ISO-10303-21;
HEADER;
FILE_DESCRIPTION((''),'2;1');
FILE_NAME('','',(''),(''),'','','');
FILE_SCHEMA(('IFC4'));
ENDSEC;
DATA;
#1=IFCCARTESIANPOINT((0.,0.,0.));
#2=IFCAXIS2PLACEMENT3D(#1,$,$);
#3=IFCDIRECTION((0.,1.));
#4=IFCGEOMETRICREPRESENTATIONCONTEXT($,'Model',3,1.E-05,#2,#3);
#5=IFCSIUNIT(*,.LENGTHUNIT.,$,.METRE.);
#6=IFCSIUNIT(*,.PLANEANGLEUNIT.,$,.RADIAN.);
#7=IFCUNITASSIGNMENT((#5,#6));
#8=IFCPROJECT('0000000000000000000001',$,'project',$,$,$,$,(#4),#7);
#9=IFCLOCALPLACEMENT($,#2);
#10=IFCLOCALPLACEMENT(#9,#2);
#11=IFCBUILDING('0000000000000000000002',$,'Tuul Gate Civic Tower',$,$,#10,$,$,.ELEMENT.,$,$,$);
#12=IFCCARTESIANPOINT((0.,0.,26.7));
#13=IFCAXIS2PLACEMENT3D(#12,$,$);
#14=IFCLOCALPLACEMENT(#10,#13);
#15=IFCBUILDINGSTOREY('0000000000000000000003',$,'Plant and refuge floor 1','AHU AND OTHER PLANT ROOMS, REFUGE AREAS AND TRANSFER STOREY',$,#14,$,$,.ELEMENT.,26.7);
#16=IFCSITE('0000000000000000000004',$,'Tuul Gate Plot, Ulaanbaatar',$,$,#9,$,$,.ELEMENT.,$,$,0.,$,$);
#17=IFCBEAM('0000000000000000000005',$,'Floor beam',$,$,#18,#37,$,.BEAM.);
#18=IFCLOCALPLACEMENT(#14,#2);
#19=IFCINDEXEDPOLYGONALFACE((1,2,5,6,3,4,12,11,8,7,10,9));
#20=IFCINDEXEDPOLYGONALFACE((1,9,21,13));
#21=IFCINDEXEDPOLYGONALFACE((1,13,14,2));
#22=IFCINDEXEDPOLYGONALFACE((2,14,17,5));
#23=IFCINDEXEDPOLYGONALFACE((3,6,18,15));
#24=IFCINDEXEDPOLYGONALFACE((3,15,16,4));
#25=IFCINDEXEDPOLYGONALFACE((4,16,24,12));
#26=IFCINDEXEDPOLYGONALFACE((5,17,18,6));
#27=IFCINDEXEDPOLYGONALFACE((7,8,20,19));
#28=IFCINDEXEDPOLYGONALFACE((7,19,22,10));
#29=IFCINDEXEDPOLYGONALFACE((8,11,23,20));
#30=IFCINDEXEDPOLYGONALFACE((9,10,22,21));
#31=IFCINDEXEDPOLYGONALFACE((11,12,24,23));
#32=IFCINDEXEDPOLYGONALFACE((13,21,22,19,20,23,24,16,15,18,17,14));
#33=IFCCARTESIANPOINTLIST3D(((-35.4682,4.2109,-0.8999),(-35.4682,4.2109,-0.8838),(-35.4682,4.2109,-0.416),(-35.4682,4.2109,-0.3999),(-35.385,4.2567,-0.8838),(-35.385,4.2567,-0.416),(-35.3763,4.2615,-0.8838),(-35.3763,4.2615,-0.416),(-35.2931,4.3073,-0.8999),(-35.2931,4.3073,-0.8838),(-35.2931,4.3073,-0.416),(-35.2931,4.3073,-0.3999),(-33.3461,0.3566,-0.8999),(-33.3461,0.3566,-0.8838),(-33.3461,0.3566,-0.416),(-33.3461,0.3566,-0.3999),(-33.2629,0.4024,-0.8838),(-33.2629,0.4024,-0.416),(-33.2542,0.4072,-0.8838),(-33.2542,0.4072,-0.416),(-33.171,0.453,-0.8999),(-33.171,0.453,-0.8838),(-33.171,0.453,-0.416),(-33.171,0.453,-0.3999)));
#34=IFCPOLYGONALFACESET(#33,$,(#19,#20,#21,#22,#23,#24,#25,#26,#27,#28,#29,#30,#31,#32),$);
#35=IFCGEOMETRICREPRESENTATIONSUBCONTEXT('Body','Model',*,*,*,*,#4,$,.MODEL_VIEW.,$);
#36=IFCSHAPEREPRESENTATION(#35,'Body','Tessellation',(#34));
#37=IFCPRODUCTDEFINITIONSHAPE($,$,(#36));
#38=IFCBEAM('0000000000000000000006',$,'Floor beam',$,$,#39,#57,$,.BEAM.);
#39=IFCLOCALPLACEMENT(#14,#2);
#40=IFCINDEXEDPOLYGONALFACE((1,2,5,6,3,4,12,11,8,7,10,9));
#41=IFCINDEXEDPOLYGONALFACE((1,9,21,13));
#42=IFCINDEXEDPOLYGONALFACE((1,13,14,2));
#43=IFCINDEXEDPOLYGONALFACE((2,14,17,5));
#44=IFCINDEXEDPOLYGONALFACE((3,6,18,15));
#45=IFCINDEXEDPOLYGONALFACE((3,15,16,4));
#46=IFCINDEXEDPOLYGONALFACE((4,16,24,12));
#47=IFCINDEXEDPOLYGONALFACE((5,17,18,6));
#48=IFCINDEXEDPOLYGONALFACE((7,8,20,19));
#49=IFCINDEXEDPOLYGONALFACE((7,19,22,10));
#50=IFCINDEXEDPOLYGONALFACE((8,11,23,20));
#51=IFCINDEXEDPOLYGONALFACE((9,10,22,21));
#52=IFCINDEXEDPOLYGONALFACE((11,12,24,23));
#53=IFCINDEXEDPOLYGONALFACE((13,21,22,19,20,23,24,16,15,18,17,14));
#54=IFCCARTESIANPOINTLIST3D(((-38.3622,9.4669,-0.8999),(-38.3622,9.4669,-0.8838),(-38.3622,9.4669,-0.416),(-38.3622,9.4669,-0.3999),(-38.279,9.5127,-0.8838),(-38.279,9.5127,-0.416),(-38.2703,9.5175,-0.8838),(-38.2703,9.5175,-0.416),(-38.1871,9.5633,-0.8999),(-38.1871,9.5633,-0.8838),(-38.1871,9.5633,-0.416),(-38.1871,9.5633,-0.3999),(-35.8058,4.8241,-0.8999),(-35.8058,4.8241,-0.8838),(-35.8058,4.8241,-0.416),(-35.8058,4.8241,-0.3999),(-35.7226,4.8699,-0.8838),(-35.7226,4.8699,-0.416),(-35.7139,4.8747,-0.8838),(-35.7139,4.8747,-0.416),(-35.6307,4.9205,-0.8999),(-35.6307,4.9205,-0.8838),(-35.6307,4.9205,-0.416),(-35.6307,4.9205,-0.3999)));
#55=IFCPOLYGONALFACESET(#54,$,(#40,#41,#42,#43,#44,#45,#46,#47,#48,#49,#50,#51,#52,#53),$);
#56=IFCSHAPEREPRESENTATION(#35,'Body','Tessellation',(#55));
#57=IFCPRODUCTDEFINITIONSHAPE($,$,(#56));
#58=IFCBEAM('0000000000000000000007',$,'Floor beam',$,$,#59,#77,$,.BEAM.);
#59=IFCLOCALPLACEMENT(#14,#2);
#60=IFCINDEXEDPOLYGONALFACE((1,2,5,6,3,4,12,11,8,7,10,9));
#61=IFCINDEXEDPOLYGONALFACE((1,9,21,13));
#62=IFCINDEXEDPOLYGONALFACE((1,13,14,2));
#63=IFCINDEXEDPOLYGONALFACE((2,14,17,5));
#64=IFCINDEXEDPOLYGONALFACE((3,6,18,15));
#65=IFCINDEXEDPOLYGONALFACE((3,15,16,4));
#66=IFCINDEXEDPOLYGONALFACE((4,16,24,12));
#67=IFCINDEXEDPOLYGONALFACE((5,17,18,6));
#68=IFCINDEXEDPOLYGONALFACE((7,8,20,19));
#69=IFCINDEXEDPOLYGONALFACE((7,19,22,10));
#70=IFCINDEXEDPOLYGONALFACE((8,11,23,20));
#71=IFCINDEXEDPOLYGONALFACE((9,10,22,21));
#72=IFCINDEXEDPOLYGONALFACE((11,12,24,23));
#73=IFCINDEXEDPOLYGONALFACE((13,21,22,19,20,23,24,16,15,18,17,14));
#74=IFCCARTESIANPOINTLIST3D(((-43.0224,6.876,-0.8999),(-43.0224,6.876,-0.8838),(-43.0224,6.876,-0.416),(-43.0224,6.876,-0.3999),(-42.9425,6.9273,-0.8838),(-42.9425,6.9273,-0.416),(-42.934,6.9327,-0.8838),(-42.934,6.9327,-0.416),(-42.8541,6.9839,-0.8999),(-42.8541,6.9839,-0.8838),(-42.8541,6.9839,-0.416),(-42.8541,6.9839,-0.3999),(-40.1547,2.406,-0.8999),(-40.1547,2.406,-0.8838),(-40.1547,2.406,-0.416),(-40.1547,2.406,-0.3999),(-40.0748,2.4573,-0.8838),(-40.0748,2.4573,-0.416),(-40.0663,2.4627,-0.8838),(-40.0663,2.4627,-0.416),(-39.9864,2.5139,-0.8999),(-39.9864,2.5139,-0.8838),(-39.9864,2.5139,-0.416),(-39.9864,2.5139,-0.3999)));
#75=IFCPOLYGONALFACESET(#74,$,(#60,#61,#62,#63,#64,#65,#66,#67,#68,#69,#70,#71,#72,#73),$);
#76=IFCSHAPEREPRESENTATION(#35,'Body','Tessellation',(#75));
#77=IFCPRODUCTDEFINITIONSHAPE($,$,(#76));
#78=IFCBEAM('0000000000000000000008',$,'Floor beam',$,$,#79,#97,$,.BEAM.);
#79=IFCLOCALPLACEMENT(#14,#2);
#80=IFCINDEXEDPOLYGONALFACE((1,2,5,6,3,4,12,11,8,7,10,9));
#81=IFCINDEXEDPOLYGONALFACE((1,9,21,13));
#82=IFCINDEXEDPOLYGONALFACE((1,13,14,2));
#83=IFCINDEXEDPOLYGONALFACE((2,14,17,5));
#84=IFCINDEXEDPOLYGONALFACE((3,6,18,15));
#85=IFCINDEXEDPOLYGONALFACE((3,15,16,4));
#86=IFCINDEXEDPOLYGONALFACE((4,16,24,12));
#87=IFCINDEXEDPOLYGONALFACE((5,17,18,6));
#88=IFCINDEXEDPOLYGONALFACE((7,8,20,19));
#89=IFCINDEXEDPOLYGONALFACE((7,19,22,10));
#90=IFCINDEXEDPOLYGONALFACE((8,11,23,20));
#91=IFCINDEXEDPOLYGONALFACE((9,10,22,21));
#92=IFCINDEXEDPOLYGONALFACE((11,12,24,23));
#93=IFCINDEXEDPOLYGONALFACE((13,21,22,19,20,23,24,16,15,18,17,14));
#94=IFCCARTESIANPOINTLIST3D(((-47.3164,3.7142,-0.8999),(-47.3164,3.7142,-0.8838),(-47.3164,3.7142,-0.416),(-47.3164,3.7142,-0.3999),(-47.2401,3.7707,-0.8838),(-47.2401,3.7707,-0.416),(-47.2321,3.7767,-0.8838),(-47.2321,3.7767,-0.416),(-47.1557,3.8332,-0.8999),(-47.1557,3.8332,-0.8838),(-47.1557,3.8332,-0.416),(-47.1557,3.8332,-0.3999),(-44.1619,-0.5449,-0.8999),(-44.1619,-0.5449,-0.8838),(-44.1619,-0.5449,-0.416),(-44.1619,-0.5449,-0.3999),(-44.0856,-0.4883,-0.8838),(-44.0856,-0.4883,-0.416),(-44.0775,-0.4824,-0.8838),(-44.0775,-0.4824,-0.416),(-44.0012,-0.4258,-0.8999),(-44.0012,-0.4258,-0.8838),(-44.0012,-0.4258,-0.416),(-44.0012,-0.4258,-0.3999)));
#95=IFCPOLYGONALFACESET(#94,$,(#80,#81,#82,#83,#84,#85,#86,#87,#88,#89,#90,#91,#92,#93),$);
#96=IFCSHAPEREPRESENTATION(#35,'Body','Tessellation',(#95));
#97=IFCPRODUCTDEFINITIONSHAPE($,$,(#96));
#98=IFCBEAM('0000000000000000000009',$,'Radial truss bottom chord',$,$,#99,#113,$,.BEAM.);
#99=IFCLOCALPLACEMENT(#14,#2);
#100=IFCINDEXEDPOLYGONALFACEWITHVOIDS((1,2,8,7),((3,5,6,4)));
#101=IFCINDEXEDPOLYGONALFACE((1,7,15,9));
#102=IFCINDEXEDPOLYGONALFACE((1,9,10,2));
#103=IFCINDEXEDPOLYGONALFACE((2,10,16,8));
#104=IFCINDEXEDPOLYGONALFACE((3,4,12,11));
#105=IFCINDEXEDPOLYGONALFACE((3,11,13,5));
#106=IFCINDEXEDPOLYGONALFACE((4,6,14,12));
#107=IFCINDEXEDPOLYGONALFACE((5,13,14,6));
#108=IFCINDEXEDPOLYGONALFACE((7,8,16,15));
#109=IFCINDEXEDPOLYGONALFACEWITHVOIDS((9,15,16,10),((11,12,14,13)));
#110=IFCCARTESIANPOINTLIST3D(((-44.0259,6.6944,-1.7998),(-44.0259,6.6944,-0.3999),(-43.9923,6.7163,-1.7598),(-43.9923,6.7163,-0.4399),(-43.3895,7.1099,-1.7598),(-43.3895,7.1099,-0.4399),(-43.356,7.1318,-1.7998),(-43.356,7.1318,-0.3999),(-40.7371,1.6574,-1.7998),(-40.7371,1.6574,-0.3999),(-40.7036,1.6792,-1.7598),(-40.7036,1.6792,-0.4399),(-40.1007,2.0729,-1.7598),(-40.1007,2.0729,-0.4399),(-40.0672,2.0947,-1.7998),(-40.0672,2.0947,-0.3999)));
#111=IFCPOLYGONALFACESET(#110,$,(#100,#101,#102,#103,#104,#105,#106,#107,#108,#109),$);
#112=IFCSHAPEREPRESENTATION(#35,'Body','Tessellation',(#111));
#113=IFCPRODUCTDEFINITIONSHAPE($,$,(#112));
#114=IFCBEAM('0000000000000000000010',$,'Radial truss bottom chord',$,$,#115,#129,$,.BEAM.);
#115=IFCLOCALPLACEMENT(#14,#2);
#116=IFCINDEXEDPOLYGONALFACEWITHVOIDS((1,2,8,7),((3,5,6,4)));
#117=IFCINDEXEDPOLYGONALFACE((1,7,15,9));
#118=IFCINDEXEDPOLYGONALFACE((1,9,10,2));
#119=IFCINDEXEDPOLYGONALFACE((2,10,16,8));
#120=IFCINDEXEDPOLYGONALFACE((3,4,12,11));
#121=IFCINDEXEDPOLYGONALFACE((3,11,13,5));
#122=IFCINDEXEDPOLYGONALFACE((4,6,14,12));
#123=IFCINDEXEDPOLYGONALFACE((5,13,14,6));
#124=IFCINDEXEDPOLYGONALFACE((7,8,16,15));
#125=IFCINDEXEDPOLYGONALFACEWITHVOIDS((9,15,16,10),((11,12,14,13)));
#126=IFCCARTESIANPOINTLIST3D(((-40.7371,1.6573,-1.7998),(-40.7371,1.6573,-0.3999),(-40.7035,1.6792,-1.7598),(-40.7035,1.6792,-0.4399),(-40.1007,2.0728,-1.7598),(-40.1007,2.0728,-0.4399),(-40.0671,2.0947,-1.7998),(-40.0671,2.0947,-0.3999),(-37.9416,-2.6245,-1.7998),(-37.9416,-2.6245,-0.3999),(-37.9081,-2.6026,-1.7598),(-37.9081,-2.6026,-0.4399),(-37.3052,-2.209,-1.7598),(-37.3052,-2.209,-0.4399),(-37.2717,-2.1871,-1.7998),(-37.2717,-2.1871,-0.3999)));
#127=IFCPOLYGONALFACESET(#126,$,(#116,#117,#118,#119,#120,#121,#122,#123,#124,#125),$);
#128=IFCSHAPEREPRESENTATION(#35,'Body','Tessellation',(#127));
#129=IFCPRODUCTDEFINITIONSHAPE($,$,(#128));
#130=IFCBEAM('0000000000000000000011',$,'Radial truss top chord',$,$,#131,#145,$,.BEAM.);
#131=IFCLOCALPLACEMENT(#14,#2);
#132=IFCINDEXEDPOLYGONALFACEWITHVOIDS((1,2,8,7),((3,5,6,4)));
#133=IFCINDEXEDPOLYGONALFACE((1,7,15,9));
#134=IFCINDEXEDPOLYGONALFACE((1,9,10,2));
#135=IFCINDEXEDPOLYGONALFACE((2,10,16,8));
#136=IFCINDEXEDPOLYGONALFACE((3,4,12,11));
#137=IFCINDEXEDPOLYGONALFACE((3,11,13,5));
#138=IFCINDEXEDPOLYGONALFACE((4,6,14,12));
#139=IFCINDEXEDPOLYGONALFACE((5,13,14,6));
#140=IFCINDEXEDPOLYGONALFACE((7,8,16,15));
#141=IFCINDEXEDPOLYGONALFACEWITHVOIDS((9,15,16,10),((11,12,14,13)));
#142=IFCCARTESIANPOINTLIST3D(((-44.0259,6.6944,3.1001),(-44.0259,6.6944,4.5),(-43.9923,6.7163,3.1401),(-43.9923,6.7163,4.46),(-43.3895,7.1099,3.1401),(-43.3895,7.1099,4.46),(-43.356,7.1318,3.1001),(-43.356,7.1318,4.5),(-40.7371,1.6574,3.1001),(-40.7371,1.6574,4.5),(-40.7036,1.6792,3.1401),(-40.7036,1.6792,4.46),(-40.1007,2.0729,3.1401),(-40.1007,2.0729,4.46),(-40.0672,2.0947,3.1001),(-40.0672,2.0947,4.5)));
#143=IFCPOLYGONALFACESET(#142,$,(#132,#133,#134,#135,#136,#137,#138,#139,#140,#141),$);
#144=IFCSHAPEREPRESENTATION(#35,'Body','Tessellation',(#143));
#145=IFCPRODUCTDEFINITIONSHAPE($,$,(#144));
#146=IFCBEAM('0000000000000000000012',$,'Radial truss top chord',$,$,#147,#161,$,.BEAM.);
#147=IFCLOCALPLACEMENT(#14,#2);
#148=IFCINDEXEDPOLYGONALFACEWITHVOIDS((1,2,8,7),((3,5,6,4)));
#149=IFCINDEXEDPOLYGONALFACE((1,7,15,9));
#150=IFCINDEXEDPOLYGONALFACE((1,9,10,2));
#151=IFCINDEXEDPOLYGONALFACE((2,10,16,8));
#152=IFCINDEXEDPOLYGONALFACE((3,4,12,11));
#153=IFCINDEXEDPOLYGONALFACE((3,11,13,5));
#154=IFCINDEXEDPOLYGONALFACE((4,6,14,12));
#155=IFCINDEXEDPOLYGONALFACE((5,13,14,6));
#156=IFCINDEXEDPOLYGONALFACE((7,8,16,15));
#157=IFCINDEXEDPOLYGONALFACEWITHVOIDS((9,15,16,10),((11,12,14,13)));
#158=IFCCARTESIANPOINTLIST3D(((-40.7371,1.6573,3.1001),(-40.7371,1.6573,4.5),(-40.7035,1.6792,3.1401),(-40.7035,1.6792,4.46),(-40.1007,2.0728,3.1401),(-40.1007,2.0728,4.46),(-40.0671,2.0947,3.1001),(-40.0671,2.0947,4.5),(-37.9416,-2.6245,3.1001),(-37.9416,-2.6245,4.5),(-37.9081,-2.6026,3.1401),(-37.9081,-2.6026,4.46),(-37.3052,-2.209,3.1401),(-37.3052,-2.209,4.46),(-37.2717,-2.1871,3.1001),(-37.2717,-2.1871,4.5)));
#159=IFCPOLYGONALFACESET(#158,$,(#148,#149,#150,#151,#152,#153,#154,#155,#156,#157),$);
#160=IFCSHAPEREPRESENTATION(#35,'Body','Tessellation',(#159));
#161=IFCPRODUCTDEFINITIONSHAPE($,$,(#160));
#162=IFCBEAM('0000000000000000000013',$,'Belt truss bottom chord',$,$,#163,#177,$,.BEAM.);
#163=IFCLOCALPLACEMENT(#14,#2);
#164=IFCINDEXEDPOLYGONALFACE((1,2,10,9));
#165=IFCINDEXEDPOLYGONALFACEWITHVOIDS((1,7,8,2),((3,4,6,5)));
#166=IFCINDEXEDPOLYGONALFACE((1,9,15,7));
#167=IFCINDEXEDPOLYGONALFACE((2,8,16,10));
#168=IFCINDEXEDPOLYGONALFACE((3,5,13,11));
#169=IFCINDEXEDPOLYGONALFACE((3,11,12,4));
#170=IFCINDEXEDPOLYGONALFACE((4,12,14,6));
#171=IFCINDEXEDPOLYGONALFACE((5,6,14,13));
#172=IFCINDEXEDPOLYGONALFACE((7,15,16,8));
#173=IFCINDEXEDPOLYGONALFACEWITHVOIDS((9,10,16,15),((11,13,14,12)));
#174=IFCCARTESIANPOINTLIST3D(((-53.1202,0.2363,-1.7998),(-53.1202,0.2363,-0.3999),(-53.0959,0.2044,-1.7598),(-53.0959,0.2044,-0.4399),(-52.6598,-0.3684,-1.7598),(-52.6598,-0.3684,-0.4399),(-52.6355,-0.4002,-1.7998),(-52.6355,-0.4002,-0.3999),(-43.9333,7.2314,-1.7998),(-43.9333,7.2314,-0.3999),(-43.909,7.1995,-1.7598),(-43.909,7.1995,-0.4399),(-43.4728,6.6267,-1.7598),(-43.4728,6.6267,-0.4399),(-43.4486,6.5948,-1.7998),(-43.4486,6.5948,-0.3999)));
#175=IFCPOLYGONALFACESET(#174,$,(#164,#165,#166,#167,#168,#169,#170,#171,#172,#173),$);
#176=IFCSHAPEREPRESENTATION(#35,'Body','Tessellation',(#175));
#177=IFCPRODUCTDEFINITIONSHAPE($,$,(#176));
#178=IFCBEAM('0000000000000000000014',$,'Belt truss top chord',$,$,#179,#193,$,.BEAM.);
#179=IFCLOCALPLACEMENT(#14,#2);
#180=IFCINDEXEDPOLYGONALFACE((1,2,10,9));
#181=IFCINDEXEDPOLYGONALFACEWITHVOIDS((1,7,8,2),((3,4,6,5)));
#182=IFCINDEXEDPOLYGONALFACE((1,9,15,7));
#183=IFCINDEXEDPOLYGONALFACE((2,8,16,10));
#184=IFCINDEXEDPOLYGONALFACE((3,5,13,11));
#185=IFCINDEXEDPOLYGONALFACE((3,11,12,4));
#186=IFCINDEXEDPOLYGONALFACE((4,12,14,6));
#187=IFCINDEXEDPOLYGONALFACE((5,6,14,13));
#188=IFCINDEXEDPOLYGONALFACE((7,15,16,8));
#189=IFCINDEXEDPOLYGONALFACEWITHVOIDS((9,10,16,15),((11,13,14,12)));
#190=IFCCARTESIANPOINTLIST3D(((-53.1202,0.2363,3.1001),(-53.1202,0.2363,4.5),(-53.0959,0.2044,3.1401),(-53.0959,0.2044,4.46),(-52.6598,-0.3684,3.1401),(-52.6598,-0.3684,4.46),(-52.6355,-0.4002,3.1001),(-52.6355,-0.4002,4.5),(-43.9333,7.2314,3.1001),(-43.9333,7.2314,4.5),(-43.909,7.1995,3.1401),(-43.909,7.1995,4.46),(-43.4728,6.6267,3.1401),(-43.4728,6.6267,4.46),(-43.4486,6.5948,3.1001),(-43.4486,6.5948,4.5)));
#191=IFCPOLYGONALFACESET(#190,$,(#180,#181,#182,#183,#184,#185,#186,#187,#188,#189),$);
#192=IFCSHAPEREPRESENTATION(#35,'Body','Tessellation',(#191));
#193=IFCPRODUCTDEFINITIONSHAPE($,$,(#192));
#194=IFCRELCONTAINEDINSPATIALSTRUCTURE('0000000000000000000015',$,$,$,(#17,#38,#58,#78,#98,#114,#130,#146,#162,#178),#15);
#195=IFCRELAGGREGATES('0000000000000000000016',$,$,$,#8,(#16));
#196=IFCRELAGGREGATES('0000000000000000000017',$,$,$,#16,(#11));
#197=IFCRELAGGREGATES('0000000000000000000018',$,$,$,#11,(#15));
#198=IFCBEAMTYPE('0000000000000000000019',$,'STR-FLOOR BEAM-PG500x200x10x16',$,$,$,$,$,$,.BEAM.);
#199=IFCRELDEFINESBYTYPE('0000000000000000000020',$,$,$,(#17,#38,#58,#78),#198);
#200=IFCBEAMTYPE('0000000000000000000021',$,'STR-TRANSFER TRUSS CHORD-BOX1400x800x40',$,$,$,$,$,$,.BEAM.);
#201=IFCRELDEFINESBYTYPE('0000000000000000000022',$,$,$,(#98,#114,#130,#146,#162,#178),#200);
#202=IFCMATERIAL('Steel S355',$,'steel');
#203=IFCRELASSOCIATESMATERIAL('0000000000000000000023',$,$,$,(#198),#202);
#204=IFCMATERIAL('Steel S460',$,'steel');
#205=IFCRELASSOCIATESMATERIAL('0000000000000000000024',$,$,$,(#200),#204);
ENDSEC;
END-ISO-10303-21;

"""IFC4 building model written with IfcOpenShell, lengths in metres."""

from ifc_helpers import new_model, si_unit, direction, frame, origin, origin_2d, place, context, subcontext, project, spatial, hollow_rectangle, i_section, extrude, material, material_profile, profile_set, type_object, element, save


model = new_model("IFC4")

# Units and contexts
model_context = context("Model", 3, precision=1e-05, world=origin(), true_north=direction((0.0, 1.0)))
body_context = subcontext(model_context, "Body", "Model", "MODEL_VIEW")
ifc_project = project(units=[si_unit("LENGTHUNIT", "METRE"), si_unit("PLANEANGLEUNIT", "RADIAN")], contexts=[model_context])

# Site, building, storey
site_placement = place(None, origin())
site = spatial("IfcSite", under=ifc_project, at=site_placement, Name="Tuul Gate Plot, Ulaanbaatar", CompositionType="ELEMENT", RefElevation=0.0)
building_placement = place(site_placement, origin())
building = spatial("IfcBuilding", under=site, at=building_placement, Name="Tuul Gate Civic Tower", CompositionType="ELEMENT")
storey_placement = place(building_placement, frame((0.0, 0.0, 26.7)))
storey = spatial("IfcBuildingStorey", under=building, at=storey_placement, Name="Plant and refuge floor 1", Description="AHU AND OTHER PLANT ROOMS, REFUGE AREAS AND TRANSFER STOREY", CompositionType="ELEMENT", Elevation=26.7)

# Beams
ifc_material_1 = material(Name="Steel S355", Category="steel")
ifc_material_profile_1 = material_profile(ifc_material_1, i_section(OverallWidth=0.2, OverallDepth=0.5, WebThickness=0.01, FlangeThickness=0.0161, at=origin_2d()), Name="PG500x200x10x16")
ifc_profile_set_1 = profile_set([ifc_material_profile_1], Name="Steel S355")
beam_type_1 = type_object("IfcBeamType", Name="STR-FLOOR BEAM-PG500x200x10x16", PredefinedType="BEAM", material=ifc_profile_set_1)
beam_1_placement = place(storey_placement, frame((-33.2585, 0.4048, -0.6499), z_axis=(-0.482309, 0.876001, 0.0), x_axis=(-0.876001, -0.482309, 0.0)))
element("IfcBeam", 1, at=beam_1_placement, inside=storey, type_object=beam_type_1, Name="Floor beam", PredefinedType="BEAM", context=body_context, shape_type="SweptSolid", body=[
    extrude(i_section(OverallWidth=0.2, OverallDepth=0.5, WebThickness=0.01, FlangeThickness=0.0161, at=origin_2d()), origin(), (0.0, 0.0, 1.0), 4.3999),
])
beam_2_placement = place(storey_placement, frame((-35.7183, 4.8723, -0.6499), z_axis=(-0.482331, 0.875989, 0.0), x_axis=(-0.875989, -0.482331, 0.0)))
element("IfcBeam", 2, at=beam_2_placement, inside=storey, type_object=beam_type_1, Name="Floor beam", PredefinedType="BEAM", context=body_context, shape_type="SweptSolid", body=[
    extrude(i_section(OverallWidth=0.2, OverallDepth=0.5, WebThickness=0.01, FlangeThickness=0.0161, at=origin_2d()), origin(), (0.0, 0.0, 1.0), 5.3),
])
beam_3_placement = place(storey_placement, frame((-40.0706, 2.46, -0.6499), z_axis=(-0.539974, 0.841681, 0.0), x_axis=(-0.841681, -0.539974, 0.0)))
element("IfcBeam", 3, at=beam_3_placement, inside=storey, type_object=beam_type_1, Name="Floor beam", PredefinedType="BEAM", context=body_context, shape_type="SweptSolid", body=[
    extrude(i_section(OverallWidth=0.2, OverallDepth=0.5, WebThickness=0.01, FlangeThickness=0.0161, at=origin_2d()), origin(), (0.0, 0.0, 1.0), 5.3108),
])
beam_4_placement = place(storey_placement, frame((-44.0815, -0.4854, -0.6499), z_axis=(-0.595191, 0.803584, 0.0), x_axis=(-0.803584, -0.595191, 0.0)))
element("IfcBeam", 4, at=beam_4_placement, inside=storey, type_object=beam_type_1, Name="Floor beam", PredefinedType="BEAM", context=body_context, shape_type="SweptSolid", body=[
    extrude(i_section(OverallWidth=0.2, OverallDepth=0.5, WebThickness=0.01, FlangeThickness=0.0161, at=origin_2d()), origin(), (0.0, 0.0, 1.0), 5.3),
])
ifc_material_2 = material(Name="Steel S460", Category="steel")
ifc_material_profile_2 = material_profile(ifc_material_2, hollow_rectangle(XDim=0.8, YDim=1.3999, WallThickness=0.04, at=origin_2d()), Name="BOX1400x800x40")
ifc_profile_set_2 = profile_set([ifc_material_profile_2], Name="Steel S460")
beam_type_2 = type_object("IfcBeamType", Name="STR-TRANSFER TRUSS CHORD-BOX1400x800x40", PredefinedType="BEAM", material=ifc_profile_set_2)
beam_5_placement = place(storey_placement, frame((-43.6909, 6.9131, -1.0999), z_axis=(0.546705, -0.837325, 0.0), x_axis=(0.837325, 0.546705, 0.0)))
element("IfcBeam", 5, at=beam_5_placement, inside=storey, type_object=beam_type_2, Name="Radial truss bottom chord", PredefinedType="BEAM", context=body_context, shape_type="SweptSolid", body=[
    extrude(hollow_rectangle(XDim=0.8, YDim=1.3999, WallThickness=0.04, at=origin_2d()), origin(), (0.0, 0.0, 1.0), 6.0156),
])
beam_6_placement = place(storey_placement, frame((-40.4021, 1.876, -1.0999), z_axis=(0.546676, -0.837345, 0.0), x_axis=(0.837345, 0.546676, 0.0)))
element("IfcBeam", 6, at=beam_6_placement, inside=storey, type_object=beam_type_2, Name="Radial truss bottom chord", PredefinedType="BEAM", context=body_context, shape_type="SweptSolid", body=[
    extrude(hollow_rectangle(XDim=0.8, YDim=1.3999, WallThickness=0.04, at=origin_2d()), origin(), (0.0, 0.0, 1.0), 5.1135),
])
beam_7_placement = place(storey_placement, frame((-43.6909, 6.9131, 3.8), z_axis=(0.546705, -0.837325, 0.0), x_axis=(0.837325, 0.546705, 0.0)))
element("IfcBeam", 7, at=beam_7_placement, inside=storey, type_object=beam_type_2, Name="Radial truss top chord", PredefinedType="BEAM", context=body_context, shape_type="SweptSolid", body=[
    extrude(hollow_rectangle(XDim=0.8, YDim=1.3999, WallThickness=0.04, at=origin_2d()), origin(), (0.0, 0.0, 1.0), 6.0156),
])
beam_8_placement = place(storey_placement, frame((-40.4021, 1.876, 3.8), z_axis=(0.546676, -0.837345, 0.0), x_axis=(0.837345, 0.546676, 0.0)))
element("IfcBeam", 8, at=beam_8_placement, inside=storey, type_object=beam_type_2, Name="Radial truss top chord", PredefinedType="BEAM", context=body_context, shape_type="SweptSolid", body=[
    extrude(hollow_rectangle(XDim=0.8, YDim=1.3999, WallThickness=0.04, at=origin_2d()), origin(), (0.0, 0.0, 1.0), 5.1135),
])
for number, where, z_axis, x_axis, name in (
    (9, (-43.6909, 6.9131, -1.0999), (-0.79562, -0.605796, 0.0), (0.605796, -0.79562, 0.0), "Belt truss bottom chord"),
    (10, (-43.6909, 6.9131, 3.8), (-0.79562, -0.605796, 0.0), (0.605796, -0.79562, 0.0), "Belt truss top chord"),
):
    element("IfcBeam", number, at=place(storey_placement, frame(where, z_axis=z_axis, x_axis=x_axis)), inside=storey, type_object=beam_type_2, Name=name, PredefinedType="BEAM", context=body_context, shape_type="SweptSolid", body=[
        extrude(hollow_rectangle(XDim=0.8, YDim=1.3999, WallThickness=0.04, at=origin_2d()), origin(), (0.0, 0.0, 1.0), 11.5469),
    ])

save(model, "model.ifc")
